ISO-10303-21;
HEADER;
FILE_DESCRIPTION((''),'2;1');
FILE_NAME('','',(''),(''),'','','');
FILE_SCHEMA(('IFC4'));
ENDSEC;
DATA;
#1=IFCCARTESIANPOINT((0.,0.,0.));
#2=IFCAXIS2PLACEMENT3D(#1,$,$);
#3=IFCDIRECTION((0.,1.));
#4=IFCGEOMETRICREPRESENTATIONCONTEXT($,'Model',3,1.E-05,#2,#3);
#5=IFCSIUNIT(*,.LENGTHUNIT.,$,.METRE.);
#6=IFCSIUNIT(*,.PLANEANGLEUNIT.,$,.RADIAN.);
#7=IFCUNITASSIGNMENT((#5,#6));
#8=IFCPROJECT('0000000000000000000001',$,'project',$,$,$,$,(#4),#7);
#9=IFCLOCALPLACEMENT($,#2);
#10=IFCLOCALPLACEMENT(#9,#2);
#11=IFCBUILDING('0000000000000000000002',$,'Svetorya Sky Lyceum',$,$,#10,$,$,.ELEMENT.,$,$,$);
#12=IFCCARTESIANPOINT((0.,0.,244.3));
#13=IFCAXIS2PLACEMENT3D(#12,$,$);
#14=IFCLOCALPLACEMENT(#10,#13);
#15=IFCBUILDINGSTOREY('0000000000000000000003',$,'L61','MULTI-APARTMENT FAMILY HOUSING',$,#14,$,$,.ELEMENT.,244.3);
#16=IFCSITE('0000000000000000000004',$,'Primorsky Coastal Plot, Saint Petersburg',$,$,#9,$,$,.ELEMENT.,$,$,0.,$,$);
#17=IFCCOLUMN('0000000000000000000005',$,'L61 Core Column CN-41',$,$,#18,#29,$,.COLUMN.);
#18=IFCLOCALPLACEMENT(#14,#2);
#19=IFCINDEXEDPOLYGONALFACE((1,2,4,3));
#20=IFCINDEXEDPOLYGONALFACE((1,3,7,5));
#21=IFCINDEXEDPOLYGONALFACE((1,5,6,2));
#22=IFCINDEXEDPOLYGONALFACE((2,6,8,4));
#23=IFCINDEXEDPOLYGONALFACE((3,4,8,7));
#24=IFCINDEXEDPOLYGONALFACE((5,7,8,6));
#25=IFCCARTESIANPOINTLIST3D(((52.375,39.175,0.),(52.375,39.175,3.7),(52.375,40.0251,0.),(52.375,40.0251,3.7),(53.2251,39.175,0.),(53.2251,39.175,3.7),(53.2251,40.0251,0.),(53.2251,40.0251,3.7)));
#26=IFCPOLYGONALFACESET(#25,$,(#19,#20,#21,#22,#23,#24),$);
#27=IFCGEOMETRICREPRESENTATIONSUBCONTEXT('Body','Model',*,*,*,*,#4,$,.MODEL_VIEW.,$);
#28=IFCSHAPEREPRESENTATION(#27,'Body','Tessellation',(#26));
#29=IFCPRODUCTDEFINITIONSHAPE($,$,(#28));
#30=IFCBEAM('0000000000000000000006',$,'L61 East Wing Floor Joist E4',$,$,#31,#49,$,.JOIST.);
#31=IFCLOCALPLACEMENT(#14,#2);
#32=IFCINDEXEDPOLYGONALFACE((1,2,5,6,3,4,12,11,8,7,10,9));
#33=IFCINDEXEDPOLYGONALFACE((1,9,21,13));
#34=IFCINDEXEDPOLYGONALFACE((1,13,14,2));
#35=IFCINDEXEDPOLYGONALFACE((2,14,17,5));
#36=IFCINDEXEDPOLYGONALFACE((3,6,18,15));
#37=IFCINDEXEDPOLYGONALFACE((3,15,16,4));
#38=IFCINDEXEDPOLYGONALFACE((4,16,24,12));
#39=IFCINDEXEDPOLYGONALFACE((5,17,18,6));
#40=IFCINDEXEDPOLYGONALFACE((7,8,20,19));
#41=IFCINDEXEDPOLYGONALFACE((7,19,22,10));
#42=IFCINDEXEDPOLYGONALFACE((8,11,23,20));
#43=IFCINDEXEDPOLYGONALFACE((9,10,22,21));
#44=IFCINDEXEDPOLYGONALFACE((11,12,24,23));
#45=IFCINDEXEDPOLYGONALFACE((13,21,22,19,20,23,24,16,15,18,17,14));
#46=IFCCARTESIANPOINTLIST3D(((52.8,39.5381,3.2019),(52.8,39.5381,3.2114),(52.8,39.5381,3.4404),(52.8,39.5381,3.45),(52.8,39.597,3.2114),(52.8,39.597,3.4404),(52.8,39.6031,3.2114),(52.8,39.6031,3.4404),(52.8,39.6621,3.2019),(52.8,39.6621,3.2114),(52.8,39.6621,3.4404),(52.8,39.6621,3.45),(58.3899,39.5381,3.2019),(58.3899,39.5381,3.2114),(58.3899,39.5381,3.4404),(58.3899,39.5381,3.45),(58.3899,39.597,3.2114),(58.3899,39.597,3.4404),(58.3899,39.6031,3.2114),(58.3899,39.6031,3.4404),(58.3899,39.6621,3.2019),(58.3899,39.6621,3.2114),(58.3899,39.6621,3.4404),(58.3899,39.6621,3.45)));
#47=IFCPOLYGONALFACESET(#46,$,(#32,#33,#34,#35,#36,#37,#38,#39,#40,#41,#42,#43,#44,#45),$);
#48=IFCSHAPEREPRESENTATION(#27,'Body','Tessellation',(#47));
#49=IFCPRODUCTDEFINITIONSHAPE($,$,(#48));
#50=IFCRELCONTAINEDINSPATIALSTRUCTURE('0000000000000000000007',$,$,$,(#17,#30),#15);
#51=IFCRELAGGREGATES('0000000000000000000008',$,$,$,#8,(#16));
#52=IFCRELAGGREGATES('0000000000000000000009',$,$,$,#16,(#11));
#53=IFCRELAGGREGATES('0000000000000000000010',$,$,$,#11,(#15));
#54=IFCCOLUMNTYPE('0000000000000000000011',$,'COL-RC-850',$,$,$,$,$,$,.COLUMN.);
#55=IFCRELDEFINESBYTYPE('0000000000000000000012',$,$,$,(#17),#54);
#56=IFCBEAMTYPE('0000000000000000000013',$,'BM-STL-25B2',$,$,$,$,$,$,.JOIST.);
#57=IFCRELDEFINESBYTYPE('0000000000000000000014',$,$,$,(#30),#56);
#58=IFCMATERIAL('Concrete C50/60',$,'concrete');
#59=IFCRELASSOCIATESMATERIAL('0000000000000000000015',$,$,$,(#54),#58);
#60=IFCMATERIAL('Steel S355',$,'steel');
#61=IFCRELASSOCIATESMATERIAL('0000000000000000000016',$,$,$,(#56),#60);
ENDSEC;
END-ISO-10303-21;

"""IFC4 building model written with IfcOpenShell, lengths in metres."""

from ifc_helpers import new_model, si_unit, direction, frame, origin, origin_2d, place, context, subcontext, project, spatial, rectangle, i_section, extrude, material, material_profile, profile_set, type_object, element, save


model = new_model("IFC4")

# Units and contexts
model_context = context("Model", 3, precision=1e-05, world=origin(), true_north=direction((0.0, 1.0)))
body_context = subcontext(model_context, "Body", "Model", "MODEL_VIEW")
ifc_project = project(units=[si_unit("LENGTHUNIT", "METRE"), si_unit("PLANEANGLEUNIT", "RADIAN")], contexts=[model_context])

# Site, building, storey
site_placement = place(None, origin())
site = spatial("IfcSite", under=ifc_project, at=site_placement, Name="Primorsky Coastal Plot, Saint Petersburg", CompositionType="ELEMENT", RefElevation=0.0)
building_placement = place(site_placement, origin())
building = spatial("IfcBuilding", under=site, at=building_placement, Name="Svetorya Sky Lyceum", CompositionType="ELEMENT")
storey_placement = place(building_placement, frame((0.0, 0.0, 244.3)))
storey = spatial("IfcBuildingStorey", under=building, at=storey_placement, Name="L61", Description="MULTI-APARTMENT FAMILY HOUSING", CompositionType="ELEMENT", Elevation=244.3)

# Column
ifc_material_1 = material(Name="Concrete C50/60", Category="concrete")
ifc_material_profile_1 = material_profile(ifc_material_1, rectangle(XDim=0.8501, YDim=0.8501, at=origin_2d()), Name="RC COL 850x850")
ifc_profile_set_1 = profile_set([ifc_material_profile_1], Name="Concrete C50/60")
column_type = type_object("IfcColumnType", Name="COL-RC-850", PredefinedType="COLUMN", material=ifc_profile_set_1)
column_placement = place(storey_placement, frame((52.8, 39.6001, 0.0), z_axis=(0.0, 0.0, 1.0), x_axis=(1.0, 0.0, 0.0)))
element("IfcColumn", 1, at=column_placement, inside=storey, type_object=column_type, Name="L61 Core Column CN-41", PredefinedType="COLUMN", context=body_context, shape_type="SweptSolid", body=[
    extrude(rectangle(XDim=0.8501, YDim=0.8501, at=origin_2d()), origin(), (0.0, 0.0, 1.0), 3.7),
])

# Beam
ifc_material_2 = material(Name="Steel S355", Category="steel")
ifc_material_profile_2 = material_profile(ifc_material_2, i_section(OverallWidth=0.124, OverallDepth=0.248, WebThickness=0.0061, FlangeThickness=0.0095, at=origin_2d()), Name="GOST 25B2")
ifc_profile_set_2 = profile_set([ifc_material_profile_2], Name="Steel S355")
beam_type = type_object("IfcBeamType", Name="BM-STL-25B2", PredefinedType="JOIST", material=ifc_profile_set_2)
beam_placement = place(storey_placement, frame((52.8, 39.6001, 3.3259), z_axis=(1.0, 0.0, 0.0), x_axis=(0.0, 1.0, 0.0)))
element("IfcBeam", 2, at=beam_placement, inside=storey, type_object=beam_type, Name="L61 East Wing Floor Joist E4", PredefinedType="JOIST", context=body_context, shape_type="SweptSolid", body=[
    extrude(i_section(OverallWidth=0.124, OverallDepth=0.248, WebThickness=0.0061, FlangeThickness=0.0095, at=origin_2d()), origin(), (0.0, 0.0, 1.0), 5.5898),
])

save(model, "model.ifc")
